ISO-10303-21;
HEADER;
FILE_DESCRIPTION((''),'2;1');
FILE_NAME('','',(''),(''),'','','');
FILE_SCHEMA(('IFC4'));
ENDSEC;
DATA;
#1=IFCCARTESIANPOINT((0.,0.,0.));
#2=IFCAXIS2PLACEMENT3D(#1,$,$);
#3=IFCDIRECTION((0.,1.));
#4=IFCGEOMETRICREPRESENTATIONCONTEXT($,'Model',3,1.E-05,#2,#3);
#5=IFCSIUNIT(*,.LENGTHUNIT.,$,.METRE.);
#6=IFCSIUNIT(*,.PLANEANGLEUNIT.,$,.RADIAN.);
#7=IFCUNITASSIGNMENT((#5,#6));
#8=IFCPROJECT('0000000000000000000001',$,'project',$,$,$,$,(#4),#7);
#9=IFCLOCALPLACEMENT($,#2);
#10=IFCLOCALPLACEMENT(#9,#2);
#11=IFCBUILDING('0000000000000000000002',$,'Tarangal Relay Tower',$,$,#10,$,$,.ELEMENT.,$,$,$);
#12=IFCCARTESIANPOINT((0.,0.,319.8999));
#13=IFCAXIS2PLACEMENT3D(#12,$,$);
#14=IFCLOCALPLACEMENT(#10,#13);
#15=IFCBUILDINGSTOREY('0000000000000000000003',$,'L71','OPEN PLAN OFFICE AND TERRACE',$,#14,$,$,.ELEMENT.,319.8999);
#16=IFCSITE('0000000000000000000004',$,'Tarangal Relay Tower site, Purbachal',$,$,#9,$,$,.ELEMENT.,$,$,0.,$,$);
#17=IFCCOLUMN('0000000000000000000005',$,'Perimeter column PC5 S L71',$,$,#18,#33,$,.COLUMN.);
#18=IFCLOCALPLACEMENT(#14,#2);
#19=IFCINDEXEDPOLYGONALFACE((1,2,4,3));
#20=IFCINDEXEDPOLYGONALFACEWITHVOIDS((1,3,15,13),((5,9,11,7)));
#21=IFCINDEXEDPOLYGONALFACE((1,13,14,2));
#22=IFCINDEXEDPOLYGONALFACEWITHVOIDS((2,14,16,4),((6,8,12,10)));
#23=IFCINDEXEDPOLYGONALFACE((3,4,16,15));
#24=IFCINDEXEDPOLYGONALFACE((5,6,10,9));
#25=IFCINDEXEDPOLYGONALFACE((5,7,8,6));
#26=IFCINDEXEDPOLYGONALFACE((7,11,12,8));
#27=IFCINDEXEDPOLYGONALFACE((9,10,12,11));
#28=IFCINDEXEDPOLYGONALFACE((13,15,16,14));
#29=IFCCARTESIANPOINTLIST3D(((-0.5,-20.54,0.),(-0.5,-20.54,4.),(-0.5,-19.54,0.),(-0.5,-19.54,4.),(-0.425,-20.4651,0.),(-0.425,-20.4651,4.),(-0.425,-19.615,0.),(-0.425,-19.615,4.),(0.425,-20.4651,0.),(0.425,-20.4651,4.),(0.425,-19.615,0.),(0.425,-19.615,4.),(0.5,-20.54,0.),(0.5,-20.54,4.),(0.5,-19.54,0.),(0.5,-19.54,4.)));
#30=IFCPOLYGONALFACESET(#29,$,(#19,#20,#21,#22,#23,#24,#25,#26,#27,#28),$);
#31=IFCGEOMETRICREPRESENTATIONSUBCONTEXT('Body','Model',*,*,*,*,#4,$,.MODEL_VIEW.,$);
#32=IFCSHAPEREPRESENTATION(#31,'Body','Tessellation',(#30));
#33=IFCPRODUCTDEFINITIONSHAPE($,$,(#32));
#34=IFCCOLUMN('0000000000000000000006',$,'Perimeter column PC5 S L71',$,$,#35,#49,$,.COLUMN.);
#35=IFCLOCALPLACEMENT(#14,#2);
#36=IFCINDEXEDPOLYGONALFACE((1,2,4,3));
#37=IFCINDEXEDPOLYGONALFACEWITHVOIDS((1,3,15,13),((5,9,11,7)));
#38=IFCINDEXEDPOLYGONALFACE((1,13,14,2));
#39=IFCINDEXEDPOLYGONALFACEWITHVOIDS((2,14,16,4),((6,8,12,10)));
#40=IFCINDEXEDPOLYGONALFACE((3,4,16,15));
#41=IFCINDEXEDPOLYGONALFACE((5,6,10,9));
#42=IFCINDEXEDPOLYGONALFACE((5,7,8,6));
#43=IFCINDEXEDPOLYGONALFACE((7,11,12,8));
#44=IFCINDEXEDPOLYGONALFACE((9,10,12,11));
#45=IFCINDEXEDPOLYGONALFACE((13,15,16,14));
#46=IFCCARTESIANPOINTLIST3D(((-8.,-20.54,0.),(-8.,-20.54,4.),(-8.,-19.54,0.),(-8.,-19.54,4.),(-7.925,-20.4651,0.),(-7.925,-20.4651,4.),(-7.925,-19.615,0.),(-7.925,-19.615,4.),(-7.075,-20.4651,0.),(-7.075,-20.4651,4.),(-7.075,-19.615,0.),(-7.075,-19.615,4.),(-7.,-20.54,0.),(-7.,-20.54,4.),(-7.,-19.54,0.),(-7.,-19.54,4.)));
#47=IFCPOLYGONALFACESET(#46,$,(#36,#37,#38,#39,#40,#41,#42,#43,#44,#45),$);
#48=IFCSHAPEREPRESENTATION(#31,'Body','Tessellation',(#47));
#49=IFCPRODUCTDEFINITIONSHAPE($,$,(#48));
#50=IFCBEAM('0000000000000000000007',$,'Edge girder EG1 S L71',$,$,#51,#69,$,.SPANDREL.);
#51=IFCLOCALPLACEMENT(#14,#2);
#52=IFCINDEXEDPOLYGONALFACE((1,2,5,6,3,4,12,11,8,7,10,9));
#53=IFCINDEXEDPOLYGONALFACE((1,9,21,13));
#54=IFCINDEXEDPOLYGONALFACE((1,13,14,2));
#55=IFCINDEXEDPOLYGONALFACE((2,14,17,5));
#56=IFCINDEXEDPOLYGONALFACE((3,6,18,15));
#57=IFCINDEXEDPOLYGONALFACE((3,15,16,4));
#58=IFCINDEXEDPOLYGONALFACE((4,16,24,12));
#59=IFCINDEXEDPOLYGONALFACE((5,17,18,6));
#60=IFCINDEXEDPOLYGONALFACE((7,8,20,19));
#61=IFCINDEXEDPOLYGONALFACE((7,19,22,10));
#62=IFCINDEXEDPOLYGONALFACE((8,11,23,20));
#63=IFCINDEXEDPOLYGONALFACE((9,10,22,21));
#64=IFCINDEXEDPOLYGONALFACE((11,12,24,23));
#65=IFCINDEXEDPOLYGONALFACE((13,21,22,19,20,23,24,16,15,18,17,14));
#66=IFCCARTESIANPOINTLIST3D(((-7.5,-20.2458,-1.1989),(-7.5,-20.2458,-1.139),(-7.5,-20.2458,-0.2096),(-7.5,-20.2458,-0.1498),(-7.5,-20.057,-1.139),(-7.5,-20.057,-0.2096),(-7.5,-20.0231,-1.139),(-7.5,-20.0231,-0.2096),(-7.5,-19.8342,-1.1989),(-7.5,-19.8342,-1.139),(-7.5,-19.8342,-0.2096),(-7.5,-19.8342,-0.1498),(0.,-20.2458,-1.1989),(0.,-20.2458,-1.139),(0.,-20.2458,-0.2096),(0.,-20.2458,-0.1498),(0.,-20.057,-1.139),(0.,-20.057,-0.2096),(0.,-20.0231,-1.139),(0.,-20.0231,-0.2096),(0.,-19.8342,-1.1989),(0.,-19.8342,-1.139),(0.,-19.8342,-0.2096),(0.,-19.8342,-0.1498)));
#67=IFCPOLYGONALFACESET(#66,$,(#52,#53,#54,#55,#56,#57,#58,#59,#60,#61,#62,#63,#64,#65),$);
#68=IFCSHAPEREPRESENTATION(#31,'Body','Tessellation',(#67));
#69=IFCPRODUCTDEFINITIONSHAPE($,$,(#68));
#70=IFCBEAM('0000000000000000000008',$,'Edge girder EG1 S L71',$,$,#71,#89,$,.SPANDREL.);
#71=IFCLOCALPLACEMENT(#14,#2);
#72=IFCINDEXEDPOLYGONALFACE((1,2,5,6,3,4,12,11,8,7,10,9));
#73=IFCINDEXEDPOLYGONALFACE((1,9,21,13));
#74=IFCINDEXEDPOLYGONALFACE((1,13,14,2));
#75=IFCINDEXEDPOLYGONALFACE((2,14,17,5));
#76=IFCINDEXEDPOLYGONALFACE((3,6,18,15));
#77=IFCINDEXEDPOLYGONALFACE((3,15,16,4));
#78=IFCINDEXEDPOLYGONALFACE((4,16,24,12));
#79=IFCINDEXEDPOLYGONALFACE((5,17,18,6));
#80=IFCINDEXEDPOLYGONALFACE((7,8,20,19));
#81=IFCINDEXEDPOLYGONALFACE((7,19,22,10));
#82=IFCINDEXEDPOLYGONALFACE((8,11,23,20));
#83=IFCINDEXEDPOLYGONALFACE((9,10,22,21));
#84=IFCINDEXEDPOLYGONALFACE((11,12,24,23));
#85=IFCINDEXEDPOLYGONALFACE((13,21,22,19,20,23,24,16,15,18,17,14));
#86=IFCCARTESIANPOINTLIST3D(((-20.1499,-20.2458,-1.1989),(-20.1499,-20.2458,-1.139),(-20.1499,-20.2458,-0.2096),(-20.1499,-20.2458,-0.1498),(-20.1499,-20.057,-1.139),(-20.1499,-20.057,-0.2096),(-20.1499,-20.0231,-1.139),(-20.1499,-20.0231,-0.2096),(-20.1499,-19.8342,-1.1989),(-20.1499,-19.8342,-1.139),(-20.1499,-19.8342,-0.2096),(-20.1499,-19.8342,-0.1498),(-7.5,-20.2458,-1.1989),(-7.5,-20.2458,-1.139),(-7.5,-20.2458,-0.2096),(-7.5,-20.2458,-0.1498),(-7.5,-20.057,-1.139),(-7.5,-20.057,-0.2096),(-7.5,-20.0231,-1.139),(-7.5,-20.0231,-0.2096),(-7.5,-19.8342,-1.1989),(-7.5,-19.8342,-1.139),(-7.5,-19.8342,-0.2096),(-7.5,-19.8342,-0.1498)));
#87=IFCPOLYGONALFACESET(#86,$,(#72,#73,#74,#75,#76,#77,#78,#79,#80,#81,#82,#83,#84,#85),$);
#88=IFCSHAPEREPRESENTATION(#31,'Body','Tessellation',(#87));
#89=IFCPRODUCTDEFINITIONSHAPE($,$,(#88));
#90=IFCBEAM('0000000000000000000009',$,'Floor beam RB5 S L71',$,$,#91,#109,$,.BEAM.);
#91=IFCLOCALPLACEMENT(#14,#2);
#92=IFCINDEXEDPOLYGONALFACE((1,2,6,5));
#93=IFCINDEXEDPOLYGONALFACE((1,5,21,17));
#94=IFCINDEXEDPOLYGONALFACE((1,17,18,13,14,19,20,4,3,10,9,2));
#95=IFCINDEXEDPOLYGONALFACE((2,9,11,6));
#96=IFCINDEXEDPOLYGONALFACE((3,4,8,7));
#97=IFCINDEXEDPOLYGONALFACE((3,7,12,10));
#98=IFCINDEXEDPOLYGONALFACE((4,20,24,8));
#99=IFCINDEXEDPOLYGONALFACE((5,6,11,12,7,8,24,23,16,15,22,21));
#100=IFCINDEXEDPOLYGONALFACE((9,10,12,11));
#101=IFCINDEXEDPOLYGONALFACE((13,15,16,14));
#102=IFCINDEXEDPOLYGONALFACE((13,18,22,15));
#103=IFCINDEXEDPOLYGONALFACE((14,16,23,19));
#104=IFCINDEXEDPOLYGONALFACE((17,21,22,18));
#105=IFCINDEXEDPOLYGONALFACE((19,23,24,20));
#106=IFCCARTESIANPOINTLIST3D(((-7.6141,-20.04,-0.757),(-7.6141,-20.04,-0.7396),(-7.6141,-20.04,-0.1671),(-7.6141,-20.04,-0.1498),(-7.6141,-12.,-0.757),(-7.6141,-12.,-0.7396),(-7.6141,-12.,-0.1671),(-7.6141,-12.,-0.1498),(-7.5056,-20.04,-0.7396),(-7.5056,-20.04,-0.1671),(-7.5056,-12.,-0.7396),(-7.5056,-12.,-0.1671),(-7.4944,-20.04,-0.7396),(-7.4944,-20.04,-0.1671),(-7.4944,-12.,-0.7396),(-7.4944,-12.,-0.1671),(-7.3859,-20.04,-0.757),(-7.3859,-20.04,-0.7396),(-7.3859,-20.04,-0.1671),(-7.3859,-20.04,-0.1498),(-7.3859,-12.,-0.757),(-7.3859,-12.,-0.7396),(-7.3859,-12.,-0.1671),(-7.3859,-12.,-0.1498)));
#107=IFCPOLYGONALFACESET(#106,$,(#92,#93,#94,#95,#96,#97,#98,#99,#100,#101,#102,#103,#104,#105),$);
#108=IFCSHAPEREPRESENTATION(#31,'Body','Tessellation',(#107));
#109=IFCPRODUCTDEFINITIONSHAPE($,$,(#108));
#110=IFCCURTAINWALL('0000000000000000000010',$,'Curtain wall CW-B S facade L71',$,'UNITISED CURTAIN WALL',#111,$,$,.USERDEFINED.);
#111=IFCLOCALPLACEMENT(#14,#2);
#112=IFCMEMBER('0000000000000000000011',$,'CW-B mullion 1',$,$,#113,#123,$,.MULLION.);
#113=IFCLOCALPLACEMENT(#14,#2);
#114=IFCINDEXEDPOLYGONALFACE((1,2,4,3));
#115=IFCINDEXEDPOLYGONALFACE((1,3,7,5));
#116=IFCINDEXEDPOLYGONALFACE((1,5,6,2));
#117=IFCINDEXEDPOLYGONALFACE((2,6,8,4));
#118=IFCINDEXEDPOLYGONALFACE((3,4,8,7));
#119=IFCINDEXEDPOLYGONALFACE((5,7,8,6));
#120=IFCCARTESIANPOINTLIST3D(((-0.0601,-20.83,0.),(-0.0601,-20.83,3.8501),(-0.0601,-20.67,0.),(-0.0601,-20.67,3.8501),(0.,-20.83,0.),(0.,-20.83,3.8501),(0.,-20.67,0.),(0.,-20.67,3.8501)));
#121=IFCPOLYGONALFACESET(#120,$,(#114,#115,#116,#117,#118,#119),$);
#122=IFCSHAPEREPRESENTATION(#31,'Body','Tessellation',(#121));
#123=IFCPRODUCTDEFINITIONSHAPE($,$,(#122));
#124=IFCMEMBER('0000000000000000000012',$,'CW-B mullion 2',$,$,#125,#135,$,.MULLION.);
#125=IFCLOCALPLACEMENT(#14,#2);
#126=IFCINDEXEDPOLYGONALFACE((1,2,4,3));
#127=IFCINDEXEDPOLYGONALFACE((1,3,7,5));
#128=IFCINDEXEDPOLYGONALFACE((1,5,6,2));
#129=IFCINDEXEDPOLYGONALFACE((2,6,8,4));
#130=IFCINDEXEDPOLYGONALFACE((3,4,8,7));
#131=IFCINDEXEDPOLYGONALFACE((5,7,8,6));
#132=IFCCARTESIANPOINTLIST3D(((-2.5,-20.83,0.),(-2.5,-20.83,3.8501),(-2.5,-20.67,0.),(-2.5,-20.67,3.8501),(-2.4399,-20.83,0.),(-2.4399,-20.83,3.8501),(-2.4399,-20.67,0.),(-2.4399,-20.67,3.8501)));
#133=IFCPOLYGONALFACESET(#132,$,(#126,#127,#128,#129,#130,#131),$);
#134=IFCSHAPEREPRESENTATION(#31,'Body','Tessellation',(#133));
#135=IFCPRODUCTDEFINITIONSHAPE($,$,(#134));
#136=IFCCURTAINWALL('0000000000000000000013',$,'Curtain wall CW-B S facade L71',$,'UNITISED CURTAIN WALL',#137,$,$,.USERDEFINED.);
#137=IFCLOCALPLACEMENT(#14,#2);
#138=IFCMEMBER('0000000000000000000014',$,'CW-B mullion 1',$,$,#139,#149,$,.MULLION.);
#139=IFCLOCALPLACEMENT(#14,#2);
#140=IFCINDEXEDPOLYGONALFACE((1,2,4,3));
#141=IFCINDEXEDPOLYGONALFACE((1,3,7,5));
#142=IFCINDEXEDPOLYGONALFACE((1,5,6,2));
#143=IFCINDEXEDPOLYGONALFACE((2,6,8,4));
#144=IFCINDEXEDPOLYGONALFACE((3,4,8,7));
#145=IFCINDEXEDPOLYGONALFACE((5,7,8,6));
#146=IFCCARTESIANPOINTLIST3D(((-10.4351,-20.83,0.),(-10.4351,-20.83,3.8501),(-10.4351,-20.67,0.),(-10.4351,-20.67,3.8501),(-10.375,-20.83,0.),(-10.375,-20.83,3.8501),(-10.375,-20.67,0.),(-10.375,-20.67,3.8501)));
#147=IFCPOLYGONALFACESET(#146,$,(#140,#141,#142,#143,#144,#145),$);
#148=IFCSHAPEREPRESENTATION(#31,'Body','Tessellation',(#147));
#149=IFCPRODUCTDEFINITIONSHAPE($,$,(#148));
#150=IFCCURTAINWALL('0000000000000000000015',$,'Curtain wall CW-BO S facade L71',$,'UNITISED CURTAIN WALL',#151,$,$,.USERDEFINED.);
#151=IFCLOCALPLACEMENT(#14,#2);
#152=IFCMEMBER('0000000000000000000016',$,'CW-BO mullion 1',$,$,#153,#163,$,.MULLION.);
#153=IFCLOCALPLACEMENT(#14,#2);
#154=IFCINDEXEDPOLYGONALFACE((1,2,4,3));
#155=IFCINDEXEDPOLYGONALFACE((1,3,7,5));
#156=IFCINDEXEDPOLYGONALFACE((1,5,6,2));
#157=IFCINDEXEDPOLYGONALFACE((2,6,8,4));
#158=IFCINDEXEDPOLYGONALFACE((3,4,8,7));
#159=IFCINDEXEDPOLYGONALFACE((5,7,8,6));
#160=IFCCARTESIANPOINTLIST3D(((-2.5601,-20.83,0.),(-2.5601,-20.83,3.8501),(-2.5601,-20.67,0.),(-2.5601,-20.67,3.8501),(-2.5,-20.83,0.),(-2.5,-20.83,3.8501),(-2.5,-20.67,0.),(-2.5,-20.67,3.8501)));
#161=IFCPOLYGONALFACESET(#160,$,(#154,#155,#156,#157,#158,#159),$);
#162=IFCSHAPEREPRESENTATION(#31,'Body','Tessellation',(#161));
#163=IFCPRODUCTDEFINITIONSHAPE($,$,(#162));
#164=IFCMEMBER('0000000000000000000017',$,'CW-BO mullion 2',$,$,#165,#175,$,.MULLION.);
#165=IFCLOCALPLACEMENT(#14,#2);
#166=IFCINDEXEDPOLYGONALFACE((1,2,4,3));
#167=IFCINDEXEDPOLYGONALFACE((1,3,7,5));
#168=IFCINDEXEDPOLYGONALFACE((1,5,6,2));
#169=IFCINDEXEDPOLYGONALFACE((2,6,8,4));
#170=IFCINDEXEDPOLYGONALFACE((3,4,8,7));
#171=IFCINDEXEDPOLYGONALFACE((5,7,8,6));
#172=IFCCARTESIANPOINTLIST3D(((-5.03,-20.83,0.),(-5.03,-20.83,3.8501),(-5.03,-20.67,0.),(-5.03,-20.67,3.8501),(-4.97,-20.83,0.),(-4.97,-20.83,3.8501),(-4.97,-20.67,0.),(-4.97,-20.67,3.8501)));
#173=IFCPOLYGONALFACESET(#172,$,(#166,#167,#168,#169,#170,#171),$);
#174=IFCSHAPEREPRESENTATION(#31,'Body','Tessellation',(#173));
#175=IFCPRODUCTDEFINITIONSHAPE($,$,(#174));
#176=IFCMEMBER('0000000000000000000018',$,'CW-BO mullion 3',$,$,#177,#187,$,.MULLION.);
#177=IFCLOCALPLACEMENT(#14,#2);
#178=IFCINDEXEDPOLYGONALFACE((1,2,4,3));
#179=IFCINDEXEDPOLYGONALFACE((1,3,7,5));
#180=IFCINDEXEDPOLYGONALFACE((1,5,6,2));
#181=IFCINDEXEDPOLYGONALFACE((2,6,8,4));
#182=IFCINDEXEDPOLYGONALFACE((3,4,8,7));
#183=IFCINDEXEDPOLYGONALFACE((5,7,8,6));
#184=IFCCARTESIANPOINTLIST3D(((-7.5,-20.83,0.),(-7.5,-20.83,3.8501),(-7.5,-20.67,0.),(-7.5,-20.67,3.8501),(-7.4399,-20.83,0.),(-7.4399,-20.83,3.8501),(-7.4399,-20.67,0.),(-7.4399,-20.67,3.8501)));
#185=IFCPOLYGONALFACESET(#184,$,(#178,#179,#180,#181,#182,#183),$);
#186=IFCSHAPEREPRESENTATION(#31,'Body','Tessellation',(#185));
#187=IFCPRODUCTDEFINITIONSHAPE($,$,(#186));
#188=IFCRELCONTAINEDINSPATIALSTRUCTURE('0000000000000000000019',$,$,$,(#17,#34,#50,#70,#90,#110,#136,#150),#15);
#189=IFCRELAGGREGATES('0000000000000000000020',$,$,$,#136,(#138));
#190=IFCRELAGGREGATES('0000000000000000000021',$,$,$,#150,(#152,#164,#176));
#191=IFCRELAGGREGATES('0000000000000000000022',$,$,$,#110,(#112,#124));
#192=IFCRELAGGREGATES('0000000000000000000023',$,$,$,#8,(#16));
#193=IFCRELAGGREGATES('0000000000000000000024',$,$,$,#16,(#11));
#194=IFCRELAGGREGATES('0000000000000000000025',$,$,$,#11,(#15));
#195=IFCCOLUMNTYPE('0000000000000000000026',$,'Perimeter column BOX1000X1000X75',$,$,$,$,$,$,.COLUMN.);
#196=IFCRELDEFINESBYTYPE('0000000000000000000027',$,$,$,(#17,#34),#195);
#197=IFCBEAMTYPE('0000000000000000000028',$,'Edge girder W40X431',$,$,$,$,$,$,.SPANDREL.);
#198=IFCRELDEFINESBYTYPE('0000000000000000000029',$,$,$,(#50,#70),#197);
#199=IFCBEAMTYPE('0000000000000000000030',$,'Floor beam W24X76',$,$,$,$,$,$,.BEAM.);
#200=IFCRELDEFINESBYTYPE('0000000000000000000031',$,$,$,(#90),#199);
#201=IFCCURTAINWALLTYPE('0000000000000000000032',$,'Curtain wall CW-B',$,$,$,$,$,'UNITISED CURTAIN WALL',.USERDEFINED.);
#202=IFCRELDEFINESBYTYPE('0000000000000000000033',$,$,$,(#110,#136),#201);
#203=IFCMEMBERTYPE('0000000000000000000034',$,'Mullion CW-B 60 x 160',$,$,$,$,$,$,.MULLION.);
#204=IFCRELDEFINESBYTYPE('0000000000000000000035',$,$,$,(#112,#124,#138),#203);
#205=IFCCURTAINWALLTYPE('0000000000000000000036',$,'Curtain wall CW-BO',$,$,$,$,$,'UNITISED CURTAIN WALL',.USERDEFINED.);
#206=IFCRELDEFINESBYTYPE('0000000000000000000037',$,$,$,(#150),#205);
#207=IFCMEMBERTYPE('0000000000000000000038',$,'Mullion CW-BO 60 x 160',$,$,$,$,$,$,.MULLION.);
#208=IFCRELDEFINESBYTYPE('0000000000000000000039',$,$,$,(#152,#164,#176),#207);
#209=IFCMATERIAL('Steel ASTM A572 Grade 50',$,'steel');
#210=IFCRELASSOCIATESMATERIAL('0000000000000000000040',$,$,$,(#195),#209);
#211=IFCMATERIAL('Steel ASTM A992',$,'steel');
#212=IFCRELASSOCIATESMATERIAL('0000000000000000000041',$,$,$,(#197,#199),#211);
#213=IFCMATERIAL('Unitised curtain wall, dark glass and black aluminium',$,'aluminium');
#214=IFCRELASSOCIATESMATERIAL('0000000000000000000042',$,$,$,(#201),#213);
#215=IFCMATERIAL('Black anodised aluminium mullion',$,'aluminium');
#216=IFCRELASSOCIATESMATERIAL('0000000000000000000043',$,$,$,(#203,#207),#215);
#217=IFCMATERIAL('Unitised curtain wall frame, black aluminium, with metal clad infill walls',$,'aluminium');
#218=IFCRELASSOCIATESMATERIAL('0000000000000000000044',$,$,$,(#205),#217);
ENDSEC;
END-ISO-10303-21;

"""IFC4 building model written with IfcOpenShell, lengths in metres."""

from ifc_helpers import new_model, si_unit, direction, frame, origin, origin_2d, place, context, subcontext, project, spatial, rectangle, hollow_rectangle, i_section, extrude, material, material_profile, profile_set, type_object, element, aggregate, save


model = new_model("IFC4")

# Units and contexts
model_context = context("Model", 3, precision=1e-05, world=origin(), true_north=direction((0.0, 1.0)))
body_context = subcontext(model_context, "Body", "Model", "MODEL_VIEW")
ifc_project = project(units=[si_unit("LENGTHUNIT", "METRE"), si_unit("PLANEANGLEUNIT", "RADIAN")], contexts=[model_context])

# Site, building, storey
site_placement = place(None, origin())
site = spatial("IfcSite", under=ifc_project, at=site_placement, Name="Tarangal Relay Tower site, Purbachal", CompositionType="ELEMENT", RefElevation=0.0)
building_placement = place(site_placement, origin())
building = spatial("IfcBuilding", under=site, at=building_placement, Name="Tarangal Relay Tower", CompositionType="ELEMENT")
storey_placement = place(building_placement, frame((0.0, 0.0, 319.8999)))
storey = spatial("IfcBuildingStorey", under=building, at=storey_placement, Name="L71", Description="OPEN PLAN OFFICE AND TERRACE", CompositionType="ELEMENT", Elevation=319.8999)

# Columns
ifc_material_1 = material(Name="Steel ASTM A572 Grade 50", Category="steel")
ifc_material_profile_1 = material_profile(ifc_material_1, hollow_rectangle(XDim=1.0, YDim=1.0, WallThickness=0.075, at=origin_2d()), Name="BOX1000X1000X75")
ifc_profile_set_1 = profile_set([ifc_material_profile_1], Name="Steel ASTM A572 Grade 50")
column_type = type_object("IfcColumnType", Name="Perimeter column BOX1000X1000X75", PredefinedType="COLUMN", material=ifc_profile_set_1)
for number, where, z_axis, x_axis, name in (
    (1, (0.0, -20.04, 0.0), (0.0, 0.0, 1.0), (1.0, 0.0, 0.0), "Perimeter column PC5 S L71"),
    (2, (-7.5, -20.04, 0.0), (0.0, 0.0, 1.0), (1.0, 0.0, 0.0), "Perimeter column PC5 S L71"),
):
    element("IfcColumn", number, at=place(storey_placement, frame(where, z_axis=z_axis, x_axis=x_axis)), inside=storey, type_object=column_type, Name=name, PredefinedType="COLUMN", context=body_context, shape_type="SweptSolid", body=[
        extrude(hollow_rectangle(XDim=1.0, YDim=1.0, WallThickness=0.075, at=origin_2d()), origin(), (0.0, 0.0, 1.0), 4.0),
    ])

# Beams
ifc_material_2 = material(Name="Steel ASTM A992", Category="steel")
ifc_material_profile_2 = material_profile(ifc_material_2, i_section(OverallWidth=0.4116, OverallDepth=1.0491, WebThickness=0.0339, FlangeThickness=0.0598, at=origin_2d()), Name="W40X431")
ifc_profile_set_2 = profile_set([ifc_material_profile_2], Name="Steel ASTM A992")
beam_type_1 = type_object("IfcBeamType", Name="Edge girder W40X431", PredefinedType="SPANDREL", material=ifc_profile_set_2)
beam_1_placement = place(storey_placement, frame((0.0, -20.04, -0.6743), z_axis=(-1.0, 0.0, 0.0), x_axis=(0.0, -1.0, 0.0)))
element("IfcBeam", 3, at=beam_1_placement, inside=storey, type_object=beam_type_1, Name="Edge girder EG1 S L71", PredefinedType="SPANDREL", context=body_context, shape_type="SweptSolid", body=[
    extrude(i_section(OverallWidth=0.4116, OverallDepth=1.0491, WebThickness=0.0339, FlangeThickness=0.0598, at=origin_2d()), origin(), (0.0, 0.0, 1.0), 7.5),
])
beam_2_placement = place(storey_placement, frame((-7.5, -20.04, -0.6743), z_axis=(-1.0, 0.0, 0.0), x_axis=(0.0, -1.0, 0.0)))
element("IfcBeam", 4, at=beam_2_placement, inside=storey, type_object=beam_type_1, Name="Edge girder EG1 S L71", PredefinedType="SPANDREL", context=body_context, shape_type="SweptSolid", body=[
    extrude(i_section(OverallWidth=0.4116, OverallDepth=1.0491, WebThickness=0.0339, FlangeThickness=0.0598, at=origin_2d()), origin(), (0.0, 0.0, 1.0), 12.6499),
])
ifc_material_profile_3 = material_profile(ifc_material_2, i_section(OverallWidth=0.2283, OverallDepth=0.6072, WebThickness=0.0112, FlangeThickness=0.0173, at=origin_2d()), Name="W24X76")
ifc_profile_set_3 = profile_set([ifc_material_profile_3], Name="Steel ASTM A992")
beam_type_2 = type_object("IfcBeamType", Name="Floor beam W24X76", PredefinedType="BEAM", material=ifc_profile_set_3)
beam_3_placement = place(storey_placement, frame((-7.5, -12.0, -0.4534), z_axis=(0.0, -1.0, 0.0), x_axis=(1.0, 0.0, 0.0)))
element("IfcBeam", 5, at=beam_3_placement, inside=storey, type_object=beam_type_2, Name="Floor beam RB5 S L71", PredefinedType="BEAM", context=body_context, shape_type="SweptSolid", body=[
    extrude(i_section(OverallWidth=0.2283, OverallDepth=0.6072, WebThickness=0.0112, FlangeThickness=0.0173, at=origin_2d()), origin(), (0.0, 0.0, 1.0), 8.04),
])

# Curtain wall, members
ifc_material_3 = material(Name="Unitised curtain wall, dark glass and black aluminium", Category="aluminium")
curtain_wall_type_1 = type_object("IfcCurtainWallType", Name="Curtain wall CW-B", ElementType="UNITISED CURTAIN WALL", PredefinedType="USERDEFINED", material=ifc_material_3)
curtain_wall_1_placement = place(storey_placement, origin())
curtain_wall_1 = element("IfcCurtainWall", 6, at=curtain_wall_1_placement, inside=storey, type_object=curtain_wall_type_1, Name="Curtain wall CW-B S facade L71", ObjectType="UNITISED CURTAIN WALL", PredefinedType="USERDEFINED")
ifc_material_4 = material(Name="Black anodised aluminium mullion", Category="aluminium")
ifc_material_profile_4 = material_profile(ifc_material_4, rectangle(XDim=0.1599, YDim=0.0601, at=origin_2d()), Name="CW-BM 60X160")
ifc_profile_set_4 = profile_set([ifc_material_profile_4], Name="Black anodised aluminium mullion")
member_type_1 = type_object("IfcMemberType", Name="Mullion CW-B 60 x 160", PredefinedType="MULLION", material=ifc_profile_set_4)
member_1_placement = place(storey_placement, frame((-0.03, -20.75, 0.0), z_axis=(0.0, 0.0, 1.0), x_axis=(0.0, -1.0, 0.0)))
member_1 = element("IfcMember", 7, at=member_1_placement, type_object=member_type_1, Name="CW-B mullion 1", PredefinedType="MULLION", context=body_context, shape_type="SweptSolid", body=[
    extrude(rectangle(XDim=0.1599, YDim=0.0601, at=origin_2d()), origin(), (0.0, 0.0, 1.0), 3.8501),
])
member_2_placement = place(storey_placement, frame((-2.47, -20.75, 0.0), z_axis=(0.0, 0.0, 1.0), x_axis=(0.0, -1.0, 0.0)))
member_2 = element("IfcMember", 8, at=member_2_placement, type_object=member_type_1, Name="CW-B mullion 2", PredefinedType="MULLION", context=body_context, shape_type="SweptSolid", body=[
    extrude(rectangle(XDim=0.1599, YDim=0.0601, at=origin_2d()), origin(), (0.0, 0.0, 1.0), 3.8501),
])

# Curtain wall, member
curtain_wall_2_placement = place(storey_placement, origin())
curtain_wall_2 = element("IfcCurtainWall", 9, at=curtain_wall_2_placement, inside=storey, type_object=curtain_wall_type_1, Name="Curtain wall CW-B S facade L71", ObjectType="UNITISED CURTAIN WALL", PredefinedType="USERDEFINED")
member_3_placement = place(storey_placement, frame((-10.405, -20.75, 0.0), z_axis=(0.0, 0.0, 1.0), x_axis=(0.0, -1.0, 0.0)))
member_3 = element("IfcMember", 10, at=member_3_placement, type_object=member_type_1, Name="CW-B mullion 1", PredefinedType="MULLION", context=body_context, shape_type="SweptSolid", body=[
    extrude(rectangle(XDim=0.1599, YDim=0.0601, at=origin_2d()), origin(), (0.0, 0.0, 1.0), 3.8501),
])

# Curtain wall, members
ifc_material_5 = material(Name="Unitised curtain wall frame, black aluminium, with metal clad infill walls", Category="aluminium")
curtain_wall_type_2 = type_object("IfcCurtainWallType", Name="Curtain wall CW-BO", ElementType="UNITISED CURTAIN WALL", PredefinedType="USERDEFINED", material=ifc_material_5)
curtain_wall_3_placement = place(storey_placement, origin())
curtain_wall_3 = element("IfcCurtainWall", 11, at=curtain_wall_3_placement, inside=storey, type_object=curtain_wall_type_2, Name="Curtain wall CW-BO S facade L71", ObjectType="UNITISED CURTAIN WALL", PredefinedType="USERDEFINED")
ifc_material_profile_5 = material_profile(ifc_material_4, rectangle(XDim=0.1599, YDim=0.0601, at=origin_2d()), Name="CW-BOM 60X160")
ifc_profile_set_5 = profile_set([ifc_material_profile_5], Name="Black anodised aluminium mullion")
member_type_2 = type_object("IfcMemberType", Name="Mullion CW-BO 60 x 160", PredefinedType="MULLION", material=ifc_profile_set_5)
member_4_placement = place(storey_placement, frame((-2.53, -20.75, 0.0), z_axis=(0.0, 0.0, 1.0), x_axis=(0.0, -1.0, 0.0)))
member_4 = element("IfcMember", 12, at=member_4_placement, type_object=member_type_2, Name="CW-BO mullion 1", PredefinedType="MULLION", context=body_context, shape_type="SweptSolid", body=[
    extrude(rectangle(XDim=0.1599, YDim=0.0601, at=origin_2d()), origin(), (0.0, 0.0, 1.0), 3.8501),
])
member_5_placement = place(storey_placement, frame((-5.0, -20.75, 0.0), z_axis=(0.0, 0.0, 1.0), x_axis=(0.0, -1.0, 0.0)))
member_5 = element("IfcMember", 13, at=member_5_placement, type_object=member_type_2, Name="CW-BO mullion 2", PredefinedType="MULLION", context=body_context, shape_type="SweptSolid", body=[
    extrude(rectangle(XDim=0.1599, YDim=0.0601, at=origin_2d()), origin(), (0.0, 0.0, 1.0), 3.8501),
])
member_6_placement = place(storey_placement, frame((-7.47, -20.75, 0.0), z_axis=(0.0, 0.0, 1.0), x_axis=(0.0, -1.0, 0.0)))
member_6 = element("IfcMember", 14, at=member_6_placement, type_object=member_type_2, Name="CW-BO mullion 3", PredefinedType="MULLION", context=body_context, shape_type="SweptSolid", body=[
    extrude(rectangle(XDim=0.1599, YDim=0.0601, at=origin_2d()), origin(), (0.0, 0.0, 1.0), 3.8501),
])

aggregate(curtain_wall_2, [member_3])
aggregate(curtain_wall_3, [member_4, member_5, member_6])

aggregate(curtain_wall_1, [member_1, member_2])

save(model, "model.ifc")
